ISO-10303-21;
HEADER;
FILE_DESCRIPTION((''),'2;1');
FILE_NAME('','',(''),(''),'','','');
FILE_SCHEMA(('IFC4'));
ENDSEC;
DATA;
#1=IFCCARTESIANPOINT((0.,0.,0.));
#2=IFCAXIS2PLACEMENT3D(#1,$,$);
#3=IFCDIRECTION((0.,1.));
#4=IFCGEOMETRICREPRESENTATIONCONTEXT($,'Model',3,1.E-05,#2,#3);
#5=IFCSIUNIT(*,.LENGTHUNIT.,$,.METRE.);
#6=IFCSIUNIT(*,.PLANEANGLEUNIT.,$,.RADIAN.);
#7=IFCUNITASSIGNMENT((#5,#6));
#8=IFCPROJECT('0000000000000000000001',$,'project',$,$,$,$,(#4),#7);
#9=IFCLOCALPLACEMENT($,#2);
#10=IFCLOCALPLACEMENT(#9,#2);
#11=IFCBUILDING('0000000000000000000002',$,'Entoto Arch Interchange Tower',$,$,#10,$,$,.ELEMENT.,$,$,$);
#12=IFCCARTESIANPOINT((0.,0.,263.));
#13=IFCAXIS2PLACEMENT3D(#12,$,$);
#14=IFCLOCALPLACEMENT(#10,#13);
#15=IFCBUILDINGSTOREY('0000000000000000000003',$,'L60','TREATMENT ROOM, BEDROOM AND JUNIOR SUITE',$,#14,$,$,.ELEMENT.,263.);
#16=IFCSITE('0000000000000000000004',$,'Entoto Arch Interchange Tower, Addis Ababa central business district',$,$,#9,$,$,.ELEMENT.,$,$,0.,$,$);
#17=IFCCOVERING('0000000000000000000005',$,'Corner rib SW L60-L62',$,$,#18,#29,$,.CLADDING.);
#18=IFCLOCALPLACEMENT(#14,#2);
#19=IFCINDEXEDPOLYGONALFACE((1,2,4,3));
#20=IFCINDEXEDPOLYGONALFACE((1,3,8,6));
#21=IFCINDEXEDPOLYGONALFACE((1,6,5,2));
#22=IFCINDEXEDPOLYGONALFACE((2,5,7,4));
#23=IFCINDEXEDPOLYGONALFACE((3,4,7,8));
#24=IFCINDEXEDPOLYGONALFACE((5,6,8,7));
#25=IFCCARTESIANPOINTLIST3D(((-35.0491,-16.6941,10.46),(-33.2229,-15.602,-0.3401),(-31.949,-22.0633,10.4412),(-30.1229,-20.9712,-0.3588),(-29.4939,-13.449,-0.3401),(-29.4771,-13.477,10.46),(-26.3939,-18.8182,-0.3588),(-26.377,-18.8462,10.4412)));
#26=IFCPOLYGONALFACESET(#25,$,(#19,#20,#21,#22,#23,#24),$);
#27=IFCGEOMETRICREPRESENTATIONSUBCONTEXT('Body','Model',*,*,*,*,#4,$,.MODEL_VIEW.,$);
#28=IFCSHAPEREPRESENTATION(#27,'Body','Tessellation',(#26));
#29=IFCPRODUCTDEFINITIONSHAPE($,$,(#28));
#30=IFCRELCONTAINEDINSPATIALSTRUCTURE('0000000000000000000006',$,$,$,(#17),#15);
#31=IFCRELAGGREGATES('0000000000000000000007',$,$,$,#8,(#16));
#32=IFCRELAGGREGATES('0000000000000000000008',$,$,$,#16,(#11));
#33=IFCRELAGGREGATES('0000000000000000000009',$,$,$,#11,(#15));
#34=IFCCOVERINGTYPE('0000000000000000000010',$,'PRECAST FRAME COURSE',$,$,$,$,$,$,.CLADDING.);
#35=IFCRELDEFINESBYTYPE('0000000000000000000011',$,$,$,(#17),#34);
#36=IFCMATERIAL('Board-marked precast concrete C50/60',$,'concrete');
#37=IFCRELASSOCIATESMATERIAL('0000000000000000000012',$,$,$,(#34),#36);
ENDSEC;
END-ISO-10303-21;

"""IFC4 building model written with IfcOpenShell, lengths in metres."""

from ifc_helpers import new_model, si_unit, direction, frame, origin, place, context, subcontext, project, spatial, polyline, outline, extrude, material, type_object, element, save


model = new_model("IFC4")

# Units and contexts
model_context = context("Model", 3, precision=1e-05, world=origin(), true_north=direction((0.0, 1.0)))
body_context = subcontext(model_context, "Body", "Model", "MODEL_VIEW")
ifc_project = project(units=[si_unit("LENGTHUNIT", "METRE"), si_unit("PLANEANGLEUNIT", "RADIAN")], contexts=[model_context])

# Site, building, storey
site_placement = place(None, origin())
site = spatial("IfcSite", under=ifc_project, at=site_placement, Name="Entoto Arch Interchange Tower, Addis Ababa central business district", CompositionType="ELEMENT", RefElevation=0.0)
building_placement = place(site_placement, origin())
building = spatial("IfcBuilding", under=site, at=building_placement, Name="Entoto Arch Interchange Tower", CompositionType="ELEMENT")
storey_placement = place(building_placement, frame((0.0, 0.0, 263.0)))
storey = spatial("IfcBuildingStorey", under=building, at=storey_placement, Name="L60", Description="TREATMENT ROOM, BEDROOM AND JUNIOR SUITE", CompositionType="ELEMENT", Elevation=263.0)

# Covering
ifc_material_1 = material(Name="Board-marked precast concrete C50/60", Category="concrete")
covering_type = type_object("IfcCoveringType", Name="PRECAST FRAME COURSE", PredefinedType="CLADDING", material=ifc_material_1)
covering_placement = place(storey_placement, frame((-29.4939, -13.449, -0.3401), z_axis=(-0.500009, 0.866015, 0.003026), x_axis=(-0.866019, -0.500012, 0.0)))
element("IfcCovering", 1, at=covering_placement, inside=storey, type_object=covering_type, Name="Corner rib SW L60-L62", PredefinedType="CLADDING", context=body_context, shape_type="SweptSolid", body=[
    extrude(outline(polyline([(0.0, 0.0), (4.306, 0.0), (6.4335, 10.8001), (-0.0005, 10.8001), (0.0, 0.0)])), origin(), (0.0, 0.0, -1.0), 6.2),
])

save(model, "model.ifc")
